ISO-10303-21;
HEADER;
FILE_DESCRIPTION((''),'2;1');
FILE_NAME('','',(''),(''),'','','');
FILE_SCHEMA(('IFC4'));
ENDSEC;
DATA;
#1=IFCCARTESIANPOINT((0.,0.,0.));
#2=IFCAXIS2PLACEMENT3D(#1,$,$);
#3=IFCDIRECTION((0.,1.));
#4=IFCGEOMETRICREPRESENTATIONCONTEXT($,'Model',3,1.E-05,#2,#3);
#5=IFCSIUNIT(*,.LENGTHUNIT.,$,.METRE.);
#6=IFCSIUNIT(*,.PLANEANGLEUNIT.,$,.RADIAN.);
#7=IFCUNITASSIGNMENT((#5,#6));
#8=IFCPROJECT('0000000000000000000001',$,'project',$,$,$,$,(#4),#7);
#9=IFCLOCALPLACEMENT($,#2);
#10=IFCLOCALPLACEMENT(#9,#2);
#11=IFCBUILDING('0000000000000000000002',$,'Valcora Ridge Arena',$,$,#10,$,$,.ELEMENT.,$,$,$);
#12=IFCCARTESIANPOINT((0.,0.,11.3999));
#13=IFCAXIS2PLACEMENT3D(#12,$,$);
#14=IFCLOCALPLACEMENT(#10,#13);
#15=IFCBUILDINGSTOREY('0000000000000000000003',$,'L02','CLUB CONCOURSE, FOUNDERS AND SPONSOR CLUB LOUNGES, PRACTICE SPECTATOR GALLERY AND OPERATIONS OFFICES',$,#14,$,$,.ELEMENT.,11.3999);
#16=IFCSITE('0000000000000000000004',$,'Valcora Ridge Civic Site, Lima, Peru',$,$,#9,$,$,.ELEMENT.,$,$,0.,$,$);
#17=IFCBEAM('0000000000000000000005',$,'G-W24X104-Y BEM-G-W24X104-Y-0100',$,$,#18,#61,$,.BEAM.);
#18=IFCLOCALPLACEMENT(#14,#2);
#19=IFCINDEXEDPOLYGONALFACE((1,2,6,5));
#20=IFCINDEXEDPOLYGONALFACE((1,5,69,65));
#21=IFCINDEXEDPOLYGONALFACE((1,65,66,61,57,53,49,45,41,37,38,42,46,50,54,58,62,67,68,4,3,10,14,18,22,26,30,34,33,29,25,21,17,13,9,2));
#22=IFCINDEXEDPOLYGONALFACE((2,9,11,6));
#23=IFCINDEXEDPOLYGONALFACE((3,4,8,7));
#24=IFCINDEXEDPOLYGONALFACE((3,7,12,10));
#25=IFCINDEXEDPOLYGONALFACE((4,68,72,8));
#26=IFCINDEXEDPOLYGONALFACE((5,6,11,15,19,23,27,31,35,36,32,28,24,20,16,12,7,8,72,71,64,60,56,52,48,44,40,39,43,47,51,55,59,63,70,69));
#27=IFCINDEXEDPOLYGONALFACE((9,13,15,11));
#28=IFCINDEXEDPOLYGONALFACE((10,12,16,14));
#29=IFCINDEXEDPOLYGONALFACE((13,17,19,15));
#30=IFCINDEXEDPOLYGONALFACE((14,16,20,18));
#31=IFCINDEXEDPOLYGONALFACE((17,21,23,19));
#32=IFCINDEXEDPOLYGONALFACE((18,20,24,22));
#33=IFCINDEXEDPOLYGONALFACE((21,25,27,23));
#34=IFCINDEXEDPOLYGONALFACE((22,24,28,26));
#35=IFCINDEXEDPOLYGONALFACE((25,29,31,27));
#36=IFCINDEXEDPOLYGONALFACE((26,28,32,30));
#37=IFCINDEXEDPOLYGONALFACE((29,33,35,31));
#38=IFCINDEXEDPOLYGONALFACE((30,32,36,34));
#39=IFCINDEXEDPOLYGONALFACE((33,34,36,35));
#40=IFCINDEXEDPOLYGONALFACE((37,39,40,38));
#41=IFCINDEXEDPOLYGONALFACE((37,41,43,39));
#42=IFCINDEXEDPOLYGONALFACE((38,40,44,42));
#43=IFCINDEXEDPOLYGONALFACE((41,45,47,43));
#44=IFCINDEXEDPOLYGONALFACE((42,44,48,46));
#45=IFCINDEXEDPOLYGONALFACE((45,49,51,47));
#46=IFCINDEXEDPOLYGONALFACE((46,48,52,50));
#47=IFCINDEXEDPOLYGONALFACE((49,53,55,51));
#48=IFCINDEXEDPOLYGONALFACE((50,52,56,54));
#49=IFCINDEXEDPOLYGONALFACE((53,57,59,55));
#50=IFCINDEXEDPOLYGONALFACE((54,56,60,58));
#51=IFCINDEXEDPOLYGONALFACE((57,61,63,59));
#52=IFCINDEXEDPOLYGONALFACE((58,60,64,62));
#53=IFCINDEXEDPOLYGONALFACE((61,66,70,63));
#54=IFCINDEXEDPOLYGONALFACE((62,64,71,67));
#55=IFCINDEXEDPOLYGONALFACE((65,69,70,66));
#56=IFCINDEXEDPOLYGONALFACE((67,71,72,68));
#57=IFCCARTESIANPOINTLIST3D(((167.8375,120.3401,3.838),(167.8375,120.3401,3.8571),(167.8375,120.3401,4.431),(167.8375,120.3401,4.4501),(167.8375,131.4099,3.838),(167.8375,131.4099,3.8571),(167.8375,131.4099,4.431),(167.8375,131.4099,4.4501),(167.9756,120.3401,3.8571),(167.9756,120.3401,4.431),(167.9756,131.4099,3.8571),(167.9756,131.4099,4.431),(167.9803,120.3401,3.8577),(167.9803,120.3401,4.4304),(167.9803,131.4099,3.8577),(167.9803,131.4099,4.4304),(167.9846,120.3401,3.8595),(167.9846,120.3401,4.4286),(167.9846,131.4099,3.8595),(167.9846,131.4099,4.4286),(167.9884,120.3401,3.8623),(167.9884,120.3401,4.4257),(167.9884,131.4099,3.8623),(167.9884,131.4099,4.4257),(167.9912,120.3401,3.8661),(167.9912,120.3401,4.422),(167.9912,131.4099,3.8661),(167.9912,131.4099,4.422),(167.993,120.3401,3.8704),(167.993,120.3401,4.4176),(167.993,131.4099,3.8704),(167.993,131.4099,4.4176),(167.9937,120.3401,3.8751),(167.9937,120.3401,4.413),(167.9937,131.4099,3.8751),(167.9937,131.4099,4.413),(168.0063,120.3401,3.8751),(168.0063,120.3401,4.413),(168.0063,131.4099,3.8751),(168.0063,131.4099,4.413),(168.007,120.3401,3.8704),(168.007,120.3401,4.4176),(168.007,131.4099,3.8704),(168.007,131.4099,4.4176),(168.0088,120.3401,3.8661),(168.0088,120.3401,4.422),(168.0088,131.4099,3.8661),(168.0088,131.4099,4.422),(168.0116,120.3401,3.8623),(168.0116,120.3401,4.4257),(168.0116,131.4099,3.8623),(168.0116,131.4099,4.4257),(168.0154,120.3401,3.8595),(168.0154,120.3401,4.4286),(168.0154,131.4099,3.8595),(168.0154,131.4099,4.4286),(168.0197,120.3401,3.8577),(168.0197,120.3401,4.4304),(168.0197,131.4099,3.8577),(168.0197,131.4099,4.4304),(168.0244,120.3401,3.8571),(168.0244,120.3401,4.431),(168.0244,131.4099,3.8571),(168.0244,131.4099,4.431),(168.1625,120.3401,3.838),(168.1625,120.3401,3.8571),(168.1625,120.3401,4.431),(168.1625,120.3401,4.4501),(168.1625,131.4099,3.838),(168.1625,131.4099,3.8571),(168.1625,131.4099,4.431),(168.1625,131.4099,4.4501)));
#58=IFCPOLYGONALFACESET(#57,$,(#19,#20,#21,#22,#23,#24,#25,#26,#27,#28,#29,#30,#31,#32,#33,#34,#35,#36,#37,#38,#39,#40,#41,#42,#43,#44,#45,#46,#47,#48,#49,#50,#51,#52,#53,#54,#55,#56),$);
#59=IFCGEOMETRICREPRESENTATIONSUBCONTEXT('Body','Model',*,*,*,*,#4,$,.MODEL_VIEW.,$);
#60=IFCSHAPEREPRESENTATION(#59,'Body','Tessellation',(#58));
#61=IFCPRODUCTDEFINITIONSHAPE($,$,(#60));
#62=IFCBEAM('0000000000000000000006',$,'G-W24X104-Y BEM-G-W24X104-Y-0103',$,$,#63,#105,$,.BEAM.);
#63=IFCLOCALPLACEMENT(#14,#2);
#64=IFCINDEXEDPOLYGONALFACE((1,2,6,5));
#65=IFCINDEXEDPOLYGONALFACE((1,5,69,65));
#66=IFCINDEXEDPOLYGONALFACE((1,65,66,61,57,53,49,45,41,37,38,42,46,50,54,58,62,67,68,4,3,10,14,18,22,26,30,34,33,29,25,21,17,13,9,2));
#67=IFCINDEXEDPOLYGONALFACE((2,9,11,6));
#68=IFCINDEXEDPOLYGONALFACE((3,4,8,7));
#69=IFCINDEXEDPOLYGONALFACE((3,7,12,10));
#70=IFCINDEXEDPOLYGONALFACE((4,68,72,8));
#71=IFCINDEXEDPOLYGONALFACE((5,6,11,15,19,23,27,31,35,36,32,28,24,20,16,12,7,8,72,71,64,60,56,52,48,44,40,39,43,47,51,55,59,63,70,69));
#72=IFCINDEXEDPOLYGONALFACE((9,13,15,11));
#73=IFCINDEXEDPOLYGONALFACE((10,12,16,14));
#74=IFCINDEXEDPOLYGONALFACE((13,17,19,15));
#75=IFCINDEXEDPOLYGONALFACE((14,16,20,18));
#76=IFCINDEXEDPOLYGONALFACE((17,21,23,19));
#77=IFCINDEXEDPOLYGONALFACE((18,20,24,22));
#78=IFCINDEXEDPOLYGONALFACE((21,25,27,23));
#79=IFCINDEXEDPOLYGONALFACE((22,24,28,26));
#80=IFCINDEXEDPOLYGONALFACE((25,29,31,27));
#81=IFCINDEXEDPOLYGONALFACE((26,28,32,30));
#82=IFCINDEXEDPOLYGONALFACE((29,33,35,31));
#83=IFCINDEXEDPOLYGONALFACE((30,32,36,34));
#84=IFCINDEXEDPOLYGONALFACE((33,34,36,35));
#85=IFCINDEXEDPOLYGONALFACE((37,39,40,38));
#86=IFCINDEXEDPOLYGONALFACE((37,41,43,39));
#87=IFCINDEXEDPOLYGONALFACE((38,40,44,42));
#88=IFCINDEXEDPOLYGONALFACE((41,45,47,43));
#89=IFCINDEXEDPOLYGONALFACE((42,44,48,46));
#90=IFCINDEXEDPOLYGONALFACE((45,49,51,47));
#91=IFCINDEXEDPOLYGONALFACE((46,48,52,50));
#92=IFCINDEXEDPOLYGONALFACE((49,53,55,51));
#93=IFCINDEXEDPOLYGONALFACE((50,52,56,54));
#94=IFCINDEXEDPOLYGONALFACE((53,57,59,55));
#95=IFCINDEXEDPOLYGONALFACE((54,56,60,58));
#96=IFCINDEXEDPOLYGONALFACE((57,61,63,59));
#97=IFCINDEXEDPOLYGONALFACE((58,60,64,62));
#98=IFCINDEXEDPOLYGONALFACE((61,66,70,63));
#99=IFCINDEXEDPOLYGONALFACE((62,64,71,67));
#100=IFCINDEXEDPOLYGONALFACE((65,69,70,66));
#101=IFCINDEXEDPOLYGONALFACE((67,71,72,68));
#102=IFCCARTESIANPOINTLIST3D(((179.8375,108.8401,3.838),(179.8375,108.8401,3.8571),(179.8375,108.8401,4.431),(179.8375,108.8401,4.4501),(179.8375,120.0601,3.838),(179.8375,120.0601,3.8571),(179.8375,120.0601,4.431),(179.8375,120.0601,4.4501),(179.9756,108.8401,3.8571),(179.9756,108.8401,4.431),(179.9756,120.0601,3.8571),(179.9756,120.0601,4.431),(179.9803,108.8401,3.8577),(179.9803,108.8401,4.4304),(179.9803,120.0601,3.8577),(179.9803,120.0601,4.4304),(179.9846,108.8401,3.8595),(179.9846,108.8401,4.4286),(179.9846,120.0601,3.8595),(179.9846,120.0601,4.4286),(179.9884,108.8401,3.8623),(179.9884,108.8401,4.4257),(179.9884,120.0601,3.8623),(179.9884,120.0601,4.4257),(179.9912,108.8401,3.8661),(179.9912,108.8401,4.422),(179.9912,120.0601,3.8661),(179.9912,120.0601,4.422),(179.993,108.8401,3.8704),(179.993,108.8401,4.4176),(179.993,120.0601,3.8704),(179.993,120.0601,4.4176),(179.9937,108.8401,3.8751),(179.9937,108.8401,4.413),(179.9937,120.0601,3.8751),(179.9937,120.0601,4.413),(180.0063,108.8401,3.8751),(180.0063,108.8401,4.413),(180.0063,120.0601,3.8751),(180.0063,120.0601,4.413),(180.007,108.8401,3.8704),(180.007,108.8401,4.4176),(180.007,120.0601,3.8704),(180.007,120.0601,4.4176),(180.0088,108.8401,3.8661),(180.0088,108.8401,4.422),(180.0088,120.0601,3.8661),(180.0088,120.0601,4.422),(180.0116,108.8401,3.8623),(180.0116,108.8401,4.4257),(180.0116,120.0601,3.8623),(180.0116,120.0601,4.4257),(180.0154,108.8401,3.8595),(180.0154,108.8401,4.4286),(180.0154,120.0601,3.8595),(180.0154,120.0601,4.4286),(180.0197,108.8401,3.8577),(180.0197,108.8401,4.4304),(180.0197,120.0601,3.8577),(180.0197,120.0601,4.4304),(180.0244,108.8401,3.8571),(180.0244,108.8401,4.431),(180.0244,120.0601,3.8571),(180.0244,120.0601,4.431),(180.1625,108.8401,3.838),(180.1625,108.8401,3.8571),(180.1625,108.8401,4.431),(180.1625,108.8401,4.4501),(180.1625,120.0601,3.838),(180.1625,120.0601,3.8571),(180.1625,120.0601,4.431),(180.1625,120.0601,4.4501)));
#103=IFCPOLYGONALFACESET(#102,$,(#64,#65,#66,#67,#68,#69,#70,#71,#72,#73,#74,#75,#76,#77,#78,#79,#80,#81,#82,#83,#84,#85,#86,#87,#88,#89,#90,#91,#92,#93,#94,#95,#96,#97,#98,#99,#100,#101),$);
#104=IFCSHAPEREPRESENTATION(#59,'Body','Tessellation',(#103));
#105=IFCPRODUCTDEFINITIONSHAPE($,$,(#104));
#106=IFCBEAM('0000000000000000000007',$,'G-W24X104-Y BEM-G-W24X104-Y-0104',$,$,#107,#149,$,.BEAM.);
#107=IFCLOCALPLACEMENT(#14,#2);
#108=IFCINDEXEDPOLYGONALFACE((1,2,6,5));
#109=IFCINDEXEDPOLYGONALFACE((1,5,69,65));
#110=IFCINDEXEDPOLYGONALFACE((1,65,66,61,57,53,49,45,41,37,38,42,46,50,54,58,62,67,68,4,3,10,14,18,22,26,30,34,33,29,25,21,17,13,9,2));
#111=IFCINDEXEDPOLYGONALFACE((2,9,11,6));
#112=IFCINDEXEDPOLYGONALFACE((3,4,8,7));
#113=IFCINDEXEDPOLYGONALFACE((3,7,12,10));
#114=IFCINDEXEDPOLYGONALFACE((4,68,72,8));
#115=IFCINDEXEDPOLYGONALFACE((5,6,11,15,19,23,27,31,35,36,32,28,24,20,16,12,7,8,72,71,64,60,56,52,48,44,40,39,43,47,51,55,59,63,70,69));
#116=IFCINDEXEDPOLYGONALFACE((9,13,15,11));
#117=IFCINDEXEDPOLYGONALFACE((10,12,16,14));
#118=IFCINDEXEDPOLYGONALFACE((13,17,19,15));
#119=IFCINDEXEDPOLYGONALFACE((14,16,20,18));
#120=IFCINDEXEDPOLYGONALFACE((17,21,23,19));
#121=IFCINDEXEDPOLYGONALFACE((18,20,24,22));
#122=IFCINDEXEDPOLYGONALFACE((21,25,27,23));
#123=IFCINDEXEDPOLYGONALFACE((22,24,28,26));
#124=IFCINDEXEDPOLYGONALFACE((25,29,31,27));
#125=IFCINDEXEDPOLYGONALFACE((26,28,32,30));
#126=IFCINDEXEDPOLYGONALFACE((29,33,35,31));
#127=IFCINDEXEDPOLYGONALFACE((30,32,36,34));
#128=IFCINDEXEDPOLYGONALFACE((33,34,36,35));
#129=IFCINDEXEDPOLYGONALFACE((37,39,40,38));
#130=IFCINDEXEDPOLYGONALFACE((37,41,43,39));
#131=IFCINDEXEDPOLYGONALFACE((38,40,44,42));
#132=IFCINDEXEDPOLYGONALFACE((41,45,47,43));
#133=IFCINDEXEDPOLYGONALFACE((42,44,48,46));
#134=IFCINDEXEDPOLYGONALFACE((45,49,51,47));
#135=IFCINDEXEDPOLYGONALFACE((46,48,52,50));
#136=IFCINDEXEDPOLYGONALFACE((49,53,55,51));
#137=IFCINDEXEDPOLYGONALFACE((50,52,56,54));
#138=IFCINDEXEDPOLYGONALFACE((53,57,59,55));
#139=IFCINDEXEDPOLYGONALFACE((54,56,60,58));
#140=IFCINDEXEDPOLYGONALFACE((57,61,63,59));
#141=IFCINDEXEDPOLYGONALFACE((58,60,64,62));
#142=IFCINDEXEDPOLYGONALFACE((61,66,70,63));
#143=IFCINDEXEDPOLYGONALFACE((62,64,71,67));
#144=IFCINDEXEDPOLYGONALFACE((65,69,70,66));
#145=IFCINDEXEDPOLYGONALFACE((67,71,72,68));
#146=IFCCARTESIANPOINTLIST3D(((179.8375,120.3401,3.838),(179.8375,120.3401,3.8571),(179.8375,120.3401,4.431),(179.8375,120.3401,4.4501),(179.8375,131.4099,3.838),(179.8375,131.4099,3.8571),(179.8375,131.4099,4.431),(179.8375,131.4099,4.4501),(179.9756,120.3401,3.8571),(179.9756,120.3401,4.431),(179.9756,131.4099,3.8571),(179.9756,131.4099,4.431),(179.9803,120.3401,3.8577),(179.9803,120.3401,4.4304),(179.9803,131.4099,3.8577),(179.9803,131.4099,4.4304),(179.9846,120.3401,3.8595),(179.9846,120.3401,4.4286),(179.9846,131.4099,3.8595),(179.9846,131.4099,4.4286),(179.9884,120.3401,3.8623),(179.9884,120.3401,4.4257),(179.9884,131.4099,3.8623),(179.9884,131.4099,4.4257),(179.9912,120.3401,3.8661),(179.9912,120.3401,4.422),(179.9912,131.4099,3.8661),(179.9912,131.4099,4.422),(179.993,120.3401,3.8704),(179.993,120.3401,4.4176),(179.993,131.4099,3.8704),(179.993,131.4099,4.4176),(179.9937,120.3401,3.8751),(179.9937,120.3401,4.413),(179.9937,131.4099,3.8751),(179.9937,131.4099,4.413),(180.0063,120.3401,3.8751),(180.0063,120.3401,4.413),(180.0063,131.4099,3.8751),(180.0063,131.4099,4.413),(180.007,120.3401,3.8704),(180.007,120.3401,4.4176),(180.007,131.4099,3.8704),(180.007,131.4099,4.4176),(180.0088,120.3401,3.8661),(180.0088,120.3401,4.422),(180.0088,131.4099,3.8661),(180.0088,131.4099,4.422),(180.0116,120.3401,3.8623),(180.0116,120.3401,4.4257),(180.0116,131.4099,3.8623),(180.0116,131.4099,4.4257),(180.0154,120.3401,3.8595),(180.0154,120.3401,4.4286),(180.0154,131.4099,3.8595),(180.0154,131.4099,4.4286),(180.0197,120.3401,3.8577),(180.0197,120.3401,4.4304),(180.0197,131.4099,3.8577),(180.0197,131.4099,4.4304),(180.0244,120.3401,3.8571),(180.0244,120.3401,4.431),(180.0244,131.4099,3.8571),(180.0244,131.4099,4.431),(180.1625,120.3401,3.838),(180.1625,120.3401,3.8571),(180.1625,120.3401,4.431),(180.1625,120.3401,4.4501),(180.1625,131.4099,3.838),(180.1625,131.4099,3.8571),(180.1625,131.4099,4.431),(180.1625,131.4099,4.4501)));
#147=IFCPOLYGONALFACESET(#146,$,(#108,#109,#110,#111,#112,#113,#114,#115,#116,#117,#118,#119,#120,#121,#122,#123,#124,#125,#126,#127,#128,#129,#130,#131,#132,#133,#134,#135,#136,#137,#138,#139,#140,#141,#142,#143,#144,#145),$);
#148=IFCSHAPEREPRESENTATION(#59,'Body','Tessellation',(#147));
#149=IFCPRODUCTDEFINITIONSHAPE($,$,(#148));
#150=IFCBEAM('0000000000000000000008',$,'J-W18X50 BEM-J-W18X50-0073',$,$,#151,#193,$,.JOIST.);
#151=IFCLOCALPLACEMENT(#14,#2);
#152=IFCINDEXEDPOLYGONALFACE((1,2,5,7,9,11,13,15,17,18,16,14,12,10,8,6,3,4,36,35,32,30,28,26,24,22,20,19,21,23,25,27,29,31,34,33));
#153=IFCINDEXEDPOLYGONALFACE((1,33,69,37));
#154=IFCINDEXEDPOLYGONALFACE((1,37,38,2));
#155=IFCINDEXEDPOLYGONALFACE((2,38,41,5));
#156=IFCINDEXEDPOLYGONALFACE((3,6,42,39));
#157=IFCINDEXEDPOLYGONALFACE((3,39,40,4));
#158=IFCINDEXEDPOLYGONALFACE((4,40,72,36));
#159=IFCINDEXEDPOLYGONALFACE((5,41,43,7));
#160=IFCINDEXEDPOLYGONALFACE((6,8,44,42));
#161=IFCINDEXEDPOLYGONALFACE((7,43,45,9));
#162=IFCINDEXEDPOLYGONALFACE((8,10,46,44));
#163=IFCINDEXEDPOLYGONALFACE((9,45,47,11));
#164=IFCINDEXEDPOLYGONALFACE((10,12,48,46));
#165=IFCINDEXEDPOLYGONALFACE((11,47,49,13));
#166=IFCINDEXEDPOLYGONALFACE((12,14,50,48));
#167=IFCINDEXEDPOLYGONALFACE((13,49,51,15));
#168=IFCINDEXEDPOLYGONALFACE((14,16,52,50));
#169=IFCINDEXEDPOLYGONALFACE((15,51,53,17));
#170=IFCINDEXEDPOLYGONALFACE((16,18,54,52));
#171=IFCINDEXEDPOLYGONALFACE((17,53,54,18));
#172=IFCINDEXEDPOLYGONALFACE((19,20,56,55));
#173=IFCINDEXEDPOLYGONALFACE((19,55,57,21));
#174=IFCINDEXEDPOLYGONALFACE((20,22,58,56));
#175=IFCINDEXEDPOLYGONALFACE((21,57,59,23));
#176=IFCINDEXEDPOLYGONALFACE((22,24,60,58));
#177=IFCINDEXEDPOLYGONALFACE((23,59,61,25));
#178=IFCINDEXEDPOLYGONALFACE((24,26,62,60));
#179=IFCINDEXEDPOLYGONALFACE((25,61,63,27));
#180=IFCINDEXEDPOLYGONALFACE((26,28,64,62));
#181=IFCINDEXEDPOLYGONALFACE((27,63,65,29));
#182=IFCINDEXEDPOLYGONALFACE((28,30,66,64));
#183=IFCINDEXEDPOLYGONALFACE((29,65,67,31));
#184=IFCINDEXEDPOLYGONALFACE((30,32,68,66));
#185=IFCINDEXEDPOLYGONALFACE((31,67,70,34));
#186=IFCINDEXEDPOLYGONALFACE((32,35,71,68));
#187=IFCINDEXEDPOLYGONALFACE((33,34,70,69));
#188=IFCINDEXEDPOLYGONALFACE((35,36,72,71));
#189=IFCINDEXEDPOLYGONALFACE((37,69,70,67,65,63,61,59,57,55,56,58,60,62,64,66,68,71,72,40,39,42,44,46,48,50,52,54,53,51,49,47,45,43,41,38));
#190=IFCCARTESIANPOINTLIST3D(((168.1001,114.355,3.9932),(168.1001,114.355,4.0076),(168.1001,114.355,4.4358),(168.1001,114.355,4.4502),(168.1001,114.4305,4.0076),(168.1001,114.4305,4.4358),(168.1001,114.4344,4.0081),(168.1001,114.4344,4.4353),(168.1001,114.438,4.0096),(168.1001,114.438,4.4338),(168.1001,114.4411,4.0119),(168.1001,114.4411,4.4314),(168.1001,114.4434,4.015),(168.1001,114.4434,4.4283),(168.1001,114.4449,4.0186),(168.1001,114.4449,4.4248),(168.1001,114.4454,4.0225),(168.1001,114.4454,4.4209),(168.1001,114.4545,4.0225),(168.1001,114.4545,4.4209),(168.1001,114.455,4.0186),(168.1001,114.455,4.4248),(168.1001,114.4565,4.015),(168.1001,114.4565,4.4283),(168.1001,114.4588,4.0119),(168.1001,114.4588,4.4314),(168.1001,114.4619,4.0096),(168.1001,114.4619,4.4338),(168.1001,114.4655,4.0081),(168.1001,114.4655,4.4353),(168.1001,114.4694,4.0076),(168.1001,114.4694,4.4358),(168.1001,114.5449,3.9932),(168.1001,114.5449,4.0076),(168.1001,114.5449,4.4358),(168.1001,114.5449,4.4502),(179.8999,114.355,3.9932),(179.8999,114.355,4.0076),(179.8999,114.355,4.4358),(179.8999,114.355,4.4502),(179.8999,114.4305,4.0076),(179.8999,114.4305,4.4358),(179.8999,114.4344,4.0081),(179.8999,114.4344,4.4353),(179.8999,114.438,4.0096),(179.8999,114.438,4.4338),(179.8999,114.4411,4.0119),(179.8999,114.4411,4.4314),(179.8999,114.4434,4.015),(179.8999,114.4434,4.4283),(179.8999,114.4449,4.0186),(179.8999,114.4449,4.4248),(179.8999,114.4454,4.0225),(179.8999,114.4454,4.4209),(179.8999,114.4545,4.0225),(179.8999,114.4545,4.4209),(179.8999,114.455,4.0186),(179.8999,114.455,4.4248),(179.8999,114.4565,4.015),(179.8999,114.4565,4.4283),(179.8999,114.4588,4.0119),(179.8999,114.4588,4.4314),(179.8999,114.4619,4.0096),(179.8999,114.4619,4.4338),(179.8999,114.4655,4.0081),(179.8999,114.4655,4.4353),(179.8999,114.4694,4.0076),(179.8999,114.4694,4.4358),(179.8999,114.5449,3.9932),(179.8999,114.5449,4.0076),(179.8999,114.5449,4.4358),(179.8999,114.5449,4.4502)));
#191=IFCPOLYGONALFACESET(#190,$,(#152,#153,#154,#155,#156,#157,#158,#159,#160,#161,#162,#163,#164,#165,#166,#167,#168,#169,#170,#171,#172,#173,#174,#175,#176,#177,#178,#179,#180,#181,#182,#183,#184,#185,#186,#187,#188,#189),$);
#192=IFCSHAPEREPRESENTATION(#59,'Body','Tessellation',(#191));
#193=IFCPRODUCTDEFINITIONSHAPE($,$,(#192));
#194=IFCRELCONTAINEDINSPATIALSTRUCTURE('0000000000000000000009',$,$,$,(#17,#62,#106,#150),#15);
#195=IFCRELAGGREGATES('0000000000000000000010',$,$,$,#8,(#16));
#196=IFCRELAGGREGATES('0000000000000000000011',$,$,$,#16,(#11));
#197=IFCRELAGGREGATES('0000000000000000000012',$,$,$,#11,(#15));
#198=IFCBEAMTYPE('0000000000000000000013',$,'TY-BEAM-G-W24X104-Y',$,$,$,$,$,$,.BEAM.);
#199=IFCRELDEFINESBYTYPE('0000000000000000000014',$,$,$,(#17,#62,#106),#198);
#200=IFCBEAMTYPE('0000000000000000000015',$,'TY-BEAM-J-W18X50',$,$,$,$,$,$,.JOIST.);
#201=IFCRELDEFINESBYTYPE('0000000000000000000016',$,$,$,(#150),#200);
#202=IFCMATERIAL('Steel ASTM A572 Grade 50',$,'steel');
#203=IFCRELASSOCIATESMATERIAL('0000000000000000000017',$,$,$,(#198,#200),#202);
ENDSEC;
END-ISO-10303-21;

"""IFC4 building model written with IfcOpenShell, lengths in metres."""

from ifc_helpers import new_model, si_unit, direction, frame, origin, origin_2d, place, context, subcontext, project, spatial, i_section, extrude, material, material_profile, profile_set, type_object, element, save


model = new_model("IFC4")

# Units and contexts
model_context = context("Model", 3, precision=1e-05, world=origin(), true_north=direction((0.0, 1.0)))
body_context = subcontext(model_context, "Body", "Model", "MODEL_VIEW")
ifc_project = project(units=[si_unit("LENGTHUNIT", "METRE"), si_unit("PLANEANGLEUNIT", "RADIAN")], contexts=[model_context])

# Site, building, storey
site_placement = place(None, origin())
site = spatial("IfcSite", under=ifc_project, at=site_placement, Name="Valcora Ridge Civic Site, Lima, Peru", CompositionType="ELEMENT", RefElevation=0.0)
building_placement = place(site_placement, origin())
building = spatial("IfcBuilding", under=site, at=building_placement, Name="Valcora Ridge Arena", CompositionType="ELEMENT")
storey_placement = place(building_placement, frame((0.0, 0.0, 11.3999)))
storey = spatial("IfcBuildingStorey", under=building, at=storey_placement, Name="L02", Description="CLUB CONCOURSE, FOUNDERS AND SPONSOR CLUB LOUNGES, PRACTICE SPECTATOR GALLERY AND OPERATIONS OFFICES", CompositionType="ELEMENT", Elevation=11.3999)

# Beams
ifc_material_1 = material(Name="Steel ASTM A572 Grade 50", Category="steel")
ifc_material_profile_1 = material_profile(ifc_material_1, i_section(OverallWidth=0.325, OverallDepth=0.6121, WebThickness=0.0127, FlangeThickness=0.019, FilletRadius=0.0181, at=origin_2d()), Name="W24X104")
ifc_profile_set_1 = profile_set([ifc_material_profile_1], Name="Steel ASTM A572 Grade 50")
beam_type_1 = type_object("IfcBeamType", Name="TY-BEAM-G-W24X104-Y", PredefinedType="BEAM", material=ifc_profile_set_1)
beam_1_placement = place(storey_placement, frame((168.0, 120.3401, 4.144), z_axis=(0.0, 1.0, 0.0), x_axis=(-1.0, 0.0, 0.0)))
element("IfcBeam", 1, at=beam_1_placement, inside=storey, type_object=beam_type_1, Name="G-W24X104-Y BEM-G-W24X104-Y-0100", PredefinedType="BEAM", context=body_context, shape_type="SweptSolid", body=[
    extrude(i_section(OverallWidth=0.325, OverallDepth=0.6121, WebThickness=0.0127, FlangeThickness=0.019, FilletRadius=0.0181, at=origin_2d()), origin(), (0.0, 0.0, 1.0), 11.0698),
])
beam_2_placement = place(storey_placement, frame((180.0, 108.8401, 4.144), z_axis=(0.0, 1.0, 0.0), x_axis=(-1.0, 0.0, 0.0)))
element("IfcBeam", 2, at=beam_2_placement, inside=storey, type_object=beam_type_1, Name="G-W24X104-Y BEM-G-W24X104-Y-0103", PredefinedType="BEAM", context=body_context, shape_type="SweptSolid", body=[
    extrude(i_section(OverallWidth=0.325, OverallDepth=0.6121, WebThickness=0.0127, FlangeThickness=0.019, FilletRadius=0.0181, at=origin_2d()), origin(), (0.0, 0.0, 1.0), 11.22),
])
beam_3_placement = place(storey_placement, frame((180.0, 120.3401, 4.144), z_axis=(0.0, 1.0, 0.0), x_axis=(-1.0, 0.0, 0.0)))
element("IfcBeam", 3, at=beam_3_placement, inside=storey, type_object=beam_type_1, Name="G-W24X104-Y BEM-G-W24X104-Y-0104", PredefinedType="BEAM", context=body_context, shape_type="SweptSolid", body=[
    extrude(i_section(OverallWidth=0.325, OverallDepth=0.6121, WebThickness=0.0127, FlangeThickness=0.019, FilletRadius=0.0181, at=origin_2d()), origin(), (0.0, 0.0, 1.0), 11.0698),
])
ifc_material_profile_2 = material_profile(ifc_material_1, i_section(OverallWidth=0.1899, OverallDepth=0.457, WebThickness=0.009, FlangeThickness=0.0144, FilletRadius=0.0149, at=origin_2d()), Name="W18X50")
ifc_profile_set_2 = profile_set([ifc_material_profile_2], Name="Steel ASTM A572 Grade 50")
beam_type_2 = type_object("IfcBeamType", Name="TY-BEAM-J-W18X50", PredefinedType="JOIST", material=ifc_profile_set_2)
for number, where, z_axis, x_axis, name in (
    (4, (168.1001, 114.45, 4.2217), (1.0, 0.0, 0.0), (0.0, 1.0, 0.0), "J-W18X50 BEM-J-W18X50-0073"),
):
    element("IfcBeam", number, at=place(storey_placement, frame(where, z_axis=z_axis, x_axis=x_axis)), inside=storey, type_object=beam_type_2, Name=name, PredefinedType="JOIST", context=body_context, shape_type="SweptSolid", body=[
        extrude(i_section(OverallWidth=0.1899, OverallDepth=0.457, WebThickness=0.009, FlangeThickness=0.0144, FilletRadius=0.0149, at=origin_2d()), origin(), (0.0, 0.0, 1.0), 11.7998),
    ])

save(model, "model.ifc")
